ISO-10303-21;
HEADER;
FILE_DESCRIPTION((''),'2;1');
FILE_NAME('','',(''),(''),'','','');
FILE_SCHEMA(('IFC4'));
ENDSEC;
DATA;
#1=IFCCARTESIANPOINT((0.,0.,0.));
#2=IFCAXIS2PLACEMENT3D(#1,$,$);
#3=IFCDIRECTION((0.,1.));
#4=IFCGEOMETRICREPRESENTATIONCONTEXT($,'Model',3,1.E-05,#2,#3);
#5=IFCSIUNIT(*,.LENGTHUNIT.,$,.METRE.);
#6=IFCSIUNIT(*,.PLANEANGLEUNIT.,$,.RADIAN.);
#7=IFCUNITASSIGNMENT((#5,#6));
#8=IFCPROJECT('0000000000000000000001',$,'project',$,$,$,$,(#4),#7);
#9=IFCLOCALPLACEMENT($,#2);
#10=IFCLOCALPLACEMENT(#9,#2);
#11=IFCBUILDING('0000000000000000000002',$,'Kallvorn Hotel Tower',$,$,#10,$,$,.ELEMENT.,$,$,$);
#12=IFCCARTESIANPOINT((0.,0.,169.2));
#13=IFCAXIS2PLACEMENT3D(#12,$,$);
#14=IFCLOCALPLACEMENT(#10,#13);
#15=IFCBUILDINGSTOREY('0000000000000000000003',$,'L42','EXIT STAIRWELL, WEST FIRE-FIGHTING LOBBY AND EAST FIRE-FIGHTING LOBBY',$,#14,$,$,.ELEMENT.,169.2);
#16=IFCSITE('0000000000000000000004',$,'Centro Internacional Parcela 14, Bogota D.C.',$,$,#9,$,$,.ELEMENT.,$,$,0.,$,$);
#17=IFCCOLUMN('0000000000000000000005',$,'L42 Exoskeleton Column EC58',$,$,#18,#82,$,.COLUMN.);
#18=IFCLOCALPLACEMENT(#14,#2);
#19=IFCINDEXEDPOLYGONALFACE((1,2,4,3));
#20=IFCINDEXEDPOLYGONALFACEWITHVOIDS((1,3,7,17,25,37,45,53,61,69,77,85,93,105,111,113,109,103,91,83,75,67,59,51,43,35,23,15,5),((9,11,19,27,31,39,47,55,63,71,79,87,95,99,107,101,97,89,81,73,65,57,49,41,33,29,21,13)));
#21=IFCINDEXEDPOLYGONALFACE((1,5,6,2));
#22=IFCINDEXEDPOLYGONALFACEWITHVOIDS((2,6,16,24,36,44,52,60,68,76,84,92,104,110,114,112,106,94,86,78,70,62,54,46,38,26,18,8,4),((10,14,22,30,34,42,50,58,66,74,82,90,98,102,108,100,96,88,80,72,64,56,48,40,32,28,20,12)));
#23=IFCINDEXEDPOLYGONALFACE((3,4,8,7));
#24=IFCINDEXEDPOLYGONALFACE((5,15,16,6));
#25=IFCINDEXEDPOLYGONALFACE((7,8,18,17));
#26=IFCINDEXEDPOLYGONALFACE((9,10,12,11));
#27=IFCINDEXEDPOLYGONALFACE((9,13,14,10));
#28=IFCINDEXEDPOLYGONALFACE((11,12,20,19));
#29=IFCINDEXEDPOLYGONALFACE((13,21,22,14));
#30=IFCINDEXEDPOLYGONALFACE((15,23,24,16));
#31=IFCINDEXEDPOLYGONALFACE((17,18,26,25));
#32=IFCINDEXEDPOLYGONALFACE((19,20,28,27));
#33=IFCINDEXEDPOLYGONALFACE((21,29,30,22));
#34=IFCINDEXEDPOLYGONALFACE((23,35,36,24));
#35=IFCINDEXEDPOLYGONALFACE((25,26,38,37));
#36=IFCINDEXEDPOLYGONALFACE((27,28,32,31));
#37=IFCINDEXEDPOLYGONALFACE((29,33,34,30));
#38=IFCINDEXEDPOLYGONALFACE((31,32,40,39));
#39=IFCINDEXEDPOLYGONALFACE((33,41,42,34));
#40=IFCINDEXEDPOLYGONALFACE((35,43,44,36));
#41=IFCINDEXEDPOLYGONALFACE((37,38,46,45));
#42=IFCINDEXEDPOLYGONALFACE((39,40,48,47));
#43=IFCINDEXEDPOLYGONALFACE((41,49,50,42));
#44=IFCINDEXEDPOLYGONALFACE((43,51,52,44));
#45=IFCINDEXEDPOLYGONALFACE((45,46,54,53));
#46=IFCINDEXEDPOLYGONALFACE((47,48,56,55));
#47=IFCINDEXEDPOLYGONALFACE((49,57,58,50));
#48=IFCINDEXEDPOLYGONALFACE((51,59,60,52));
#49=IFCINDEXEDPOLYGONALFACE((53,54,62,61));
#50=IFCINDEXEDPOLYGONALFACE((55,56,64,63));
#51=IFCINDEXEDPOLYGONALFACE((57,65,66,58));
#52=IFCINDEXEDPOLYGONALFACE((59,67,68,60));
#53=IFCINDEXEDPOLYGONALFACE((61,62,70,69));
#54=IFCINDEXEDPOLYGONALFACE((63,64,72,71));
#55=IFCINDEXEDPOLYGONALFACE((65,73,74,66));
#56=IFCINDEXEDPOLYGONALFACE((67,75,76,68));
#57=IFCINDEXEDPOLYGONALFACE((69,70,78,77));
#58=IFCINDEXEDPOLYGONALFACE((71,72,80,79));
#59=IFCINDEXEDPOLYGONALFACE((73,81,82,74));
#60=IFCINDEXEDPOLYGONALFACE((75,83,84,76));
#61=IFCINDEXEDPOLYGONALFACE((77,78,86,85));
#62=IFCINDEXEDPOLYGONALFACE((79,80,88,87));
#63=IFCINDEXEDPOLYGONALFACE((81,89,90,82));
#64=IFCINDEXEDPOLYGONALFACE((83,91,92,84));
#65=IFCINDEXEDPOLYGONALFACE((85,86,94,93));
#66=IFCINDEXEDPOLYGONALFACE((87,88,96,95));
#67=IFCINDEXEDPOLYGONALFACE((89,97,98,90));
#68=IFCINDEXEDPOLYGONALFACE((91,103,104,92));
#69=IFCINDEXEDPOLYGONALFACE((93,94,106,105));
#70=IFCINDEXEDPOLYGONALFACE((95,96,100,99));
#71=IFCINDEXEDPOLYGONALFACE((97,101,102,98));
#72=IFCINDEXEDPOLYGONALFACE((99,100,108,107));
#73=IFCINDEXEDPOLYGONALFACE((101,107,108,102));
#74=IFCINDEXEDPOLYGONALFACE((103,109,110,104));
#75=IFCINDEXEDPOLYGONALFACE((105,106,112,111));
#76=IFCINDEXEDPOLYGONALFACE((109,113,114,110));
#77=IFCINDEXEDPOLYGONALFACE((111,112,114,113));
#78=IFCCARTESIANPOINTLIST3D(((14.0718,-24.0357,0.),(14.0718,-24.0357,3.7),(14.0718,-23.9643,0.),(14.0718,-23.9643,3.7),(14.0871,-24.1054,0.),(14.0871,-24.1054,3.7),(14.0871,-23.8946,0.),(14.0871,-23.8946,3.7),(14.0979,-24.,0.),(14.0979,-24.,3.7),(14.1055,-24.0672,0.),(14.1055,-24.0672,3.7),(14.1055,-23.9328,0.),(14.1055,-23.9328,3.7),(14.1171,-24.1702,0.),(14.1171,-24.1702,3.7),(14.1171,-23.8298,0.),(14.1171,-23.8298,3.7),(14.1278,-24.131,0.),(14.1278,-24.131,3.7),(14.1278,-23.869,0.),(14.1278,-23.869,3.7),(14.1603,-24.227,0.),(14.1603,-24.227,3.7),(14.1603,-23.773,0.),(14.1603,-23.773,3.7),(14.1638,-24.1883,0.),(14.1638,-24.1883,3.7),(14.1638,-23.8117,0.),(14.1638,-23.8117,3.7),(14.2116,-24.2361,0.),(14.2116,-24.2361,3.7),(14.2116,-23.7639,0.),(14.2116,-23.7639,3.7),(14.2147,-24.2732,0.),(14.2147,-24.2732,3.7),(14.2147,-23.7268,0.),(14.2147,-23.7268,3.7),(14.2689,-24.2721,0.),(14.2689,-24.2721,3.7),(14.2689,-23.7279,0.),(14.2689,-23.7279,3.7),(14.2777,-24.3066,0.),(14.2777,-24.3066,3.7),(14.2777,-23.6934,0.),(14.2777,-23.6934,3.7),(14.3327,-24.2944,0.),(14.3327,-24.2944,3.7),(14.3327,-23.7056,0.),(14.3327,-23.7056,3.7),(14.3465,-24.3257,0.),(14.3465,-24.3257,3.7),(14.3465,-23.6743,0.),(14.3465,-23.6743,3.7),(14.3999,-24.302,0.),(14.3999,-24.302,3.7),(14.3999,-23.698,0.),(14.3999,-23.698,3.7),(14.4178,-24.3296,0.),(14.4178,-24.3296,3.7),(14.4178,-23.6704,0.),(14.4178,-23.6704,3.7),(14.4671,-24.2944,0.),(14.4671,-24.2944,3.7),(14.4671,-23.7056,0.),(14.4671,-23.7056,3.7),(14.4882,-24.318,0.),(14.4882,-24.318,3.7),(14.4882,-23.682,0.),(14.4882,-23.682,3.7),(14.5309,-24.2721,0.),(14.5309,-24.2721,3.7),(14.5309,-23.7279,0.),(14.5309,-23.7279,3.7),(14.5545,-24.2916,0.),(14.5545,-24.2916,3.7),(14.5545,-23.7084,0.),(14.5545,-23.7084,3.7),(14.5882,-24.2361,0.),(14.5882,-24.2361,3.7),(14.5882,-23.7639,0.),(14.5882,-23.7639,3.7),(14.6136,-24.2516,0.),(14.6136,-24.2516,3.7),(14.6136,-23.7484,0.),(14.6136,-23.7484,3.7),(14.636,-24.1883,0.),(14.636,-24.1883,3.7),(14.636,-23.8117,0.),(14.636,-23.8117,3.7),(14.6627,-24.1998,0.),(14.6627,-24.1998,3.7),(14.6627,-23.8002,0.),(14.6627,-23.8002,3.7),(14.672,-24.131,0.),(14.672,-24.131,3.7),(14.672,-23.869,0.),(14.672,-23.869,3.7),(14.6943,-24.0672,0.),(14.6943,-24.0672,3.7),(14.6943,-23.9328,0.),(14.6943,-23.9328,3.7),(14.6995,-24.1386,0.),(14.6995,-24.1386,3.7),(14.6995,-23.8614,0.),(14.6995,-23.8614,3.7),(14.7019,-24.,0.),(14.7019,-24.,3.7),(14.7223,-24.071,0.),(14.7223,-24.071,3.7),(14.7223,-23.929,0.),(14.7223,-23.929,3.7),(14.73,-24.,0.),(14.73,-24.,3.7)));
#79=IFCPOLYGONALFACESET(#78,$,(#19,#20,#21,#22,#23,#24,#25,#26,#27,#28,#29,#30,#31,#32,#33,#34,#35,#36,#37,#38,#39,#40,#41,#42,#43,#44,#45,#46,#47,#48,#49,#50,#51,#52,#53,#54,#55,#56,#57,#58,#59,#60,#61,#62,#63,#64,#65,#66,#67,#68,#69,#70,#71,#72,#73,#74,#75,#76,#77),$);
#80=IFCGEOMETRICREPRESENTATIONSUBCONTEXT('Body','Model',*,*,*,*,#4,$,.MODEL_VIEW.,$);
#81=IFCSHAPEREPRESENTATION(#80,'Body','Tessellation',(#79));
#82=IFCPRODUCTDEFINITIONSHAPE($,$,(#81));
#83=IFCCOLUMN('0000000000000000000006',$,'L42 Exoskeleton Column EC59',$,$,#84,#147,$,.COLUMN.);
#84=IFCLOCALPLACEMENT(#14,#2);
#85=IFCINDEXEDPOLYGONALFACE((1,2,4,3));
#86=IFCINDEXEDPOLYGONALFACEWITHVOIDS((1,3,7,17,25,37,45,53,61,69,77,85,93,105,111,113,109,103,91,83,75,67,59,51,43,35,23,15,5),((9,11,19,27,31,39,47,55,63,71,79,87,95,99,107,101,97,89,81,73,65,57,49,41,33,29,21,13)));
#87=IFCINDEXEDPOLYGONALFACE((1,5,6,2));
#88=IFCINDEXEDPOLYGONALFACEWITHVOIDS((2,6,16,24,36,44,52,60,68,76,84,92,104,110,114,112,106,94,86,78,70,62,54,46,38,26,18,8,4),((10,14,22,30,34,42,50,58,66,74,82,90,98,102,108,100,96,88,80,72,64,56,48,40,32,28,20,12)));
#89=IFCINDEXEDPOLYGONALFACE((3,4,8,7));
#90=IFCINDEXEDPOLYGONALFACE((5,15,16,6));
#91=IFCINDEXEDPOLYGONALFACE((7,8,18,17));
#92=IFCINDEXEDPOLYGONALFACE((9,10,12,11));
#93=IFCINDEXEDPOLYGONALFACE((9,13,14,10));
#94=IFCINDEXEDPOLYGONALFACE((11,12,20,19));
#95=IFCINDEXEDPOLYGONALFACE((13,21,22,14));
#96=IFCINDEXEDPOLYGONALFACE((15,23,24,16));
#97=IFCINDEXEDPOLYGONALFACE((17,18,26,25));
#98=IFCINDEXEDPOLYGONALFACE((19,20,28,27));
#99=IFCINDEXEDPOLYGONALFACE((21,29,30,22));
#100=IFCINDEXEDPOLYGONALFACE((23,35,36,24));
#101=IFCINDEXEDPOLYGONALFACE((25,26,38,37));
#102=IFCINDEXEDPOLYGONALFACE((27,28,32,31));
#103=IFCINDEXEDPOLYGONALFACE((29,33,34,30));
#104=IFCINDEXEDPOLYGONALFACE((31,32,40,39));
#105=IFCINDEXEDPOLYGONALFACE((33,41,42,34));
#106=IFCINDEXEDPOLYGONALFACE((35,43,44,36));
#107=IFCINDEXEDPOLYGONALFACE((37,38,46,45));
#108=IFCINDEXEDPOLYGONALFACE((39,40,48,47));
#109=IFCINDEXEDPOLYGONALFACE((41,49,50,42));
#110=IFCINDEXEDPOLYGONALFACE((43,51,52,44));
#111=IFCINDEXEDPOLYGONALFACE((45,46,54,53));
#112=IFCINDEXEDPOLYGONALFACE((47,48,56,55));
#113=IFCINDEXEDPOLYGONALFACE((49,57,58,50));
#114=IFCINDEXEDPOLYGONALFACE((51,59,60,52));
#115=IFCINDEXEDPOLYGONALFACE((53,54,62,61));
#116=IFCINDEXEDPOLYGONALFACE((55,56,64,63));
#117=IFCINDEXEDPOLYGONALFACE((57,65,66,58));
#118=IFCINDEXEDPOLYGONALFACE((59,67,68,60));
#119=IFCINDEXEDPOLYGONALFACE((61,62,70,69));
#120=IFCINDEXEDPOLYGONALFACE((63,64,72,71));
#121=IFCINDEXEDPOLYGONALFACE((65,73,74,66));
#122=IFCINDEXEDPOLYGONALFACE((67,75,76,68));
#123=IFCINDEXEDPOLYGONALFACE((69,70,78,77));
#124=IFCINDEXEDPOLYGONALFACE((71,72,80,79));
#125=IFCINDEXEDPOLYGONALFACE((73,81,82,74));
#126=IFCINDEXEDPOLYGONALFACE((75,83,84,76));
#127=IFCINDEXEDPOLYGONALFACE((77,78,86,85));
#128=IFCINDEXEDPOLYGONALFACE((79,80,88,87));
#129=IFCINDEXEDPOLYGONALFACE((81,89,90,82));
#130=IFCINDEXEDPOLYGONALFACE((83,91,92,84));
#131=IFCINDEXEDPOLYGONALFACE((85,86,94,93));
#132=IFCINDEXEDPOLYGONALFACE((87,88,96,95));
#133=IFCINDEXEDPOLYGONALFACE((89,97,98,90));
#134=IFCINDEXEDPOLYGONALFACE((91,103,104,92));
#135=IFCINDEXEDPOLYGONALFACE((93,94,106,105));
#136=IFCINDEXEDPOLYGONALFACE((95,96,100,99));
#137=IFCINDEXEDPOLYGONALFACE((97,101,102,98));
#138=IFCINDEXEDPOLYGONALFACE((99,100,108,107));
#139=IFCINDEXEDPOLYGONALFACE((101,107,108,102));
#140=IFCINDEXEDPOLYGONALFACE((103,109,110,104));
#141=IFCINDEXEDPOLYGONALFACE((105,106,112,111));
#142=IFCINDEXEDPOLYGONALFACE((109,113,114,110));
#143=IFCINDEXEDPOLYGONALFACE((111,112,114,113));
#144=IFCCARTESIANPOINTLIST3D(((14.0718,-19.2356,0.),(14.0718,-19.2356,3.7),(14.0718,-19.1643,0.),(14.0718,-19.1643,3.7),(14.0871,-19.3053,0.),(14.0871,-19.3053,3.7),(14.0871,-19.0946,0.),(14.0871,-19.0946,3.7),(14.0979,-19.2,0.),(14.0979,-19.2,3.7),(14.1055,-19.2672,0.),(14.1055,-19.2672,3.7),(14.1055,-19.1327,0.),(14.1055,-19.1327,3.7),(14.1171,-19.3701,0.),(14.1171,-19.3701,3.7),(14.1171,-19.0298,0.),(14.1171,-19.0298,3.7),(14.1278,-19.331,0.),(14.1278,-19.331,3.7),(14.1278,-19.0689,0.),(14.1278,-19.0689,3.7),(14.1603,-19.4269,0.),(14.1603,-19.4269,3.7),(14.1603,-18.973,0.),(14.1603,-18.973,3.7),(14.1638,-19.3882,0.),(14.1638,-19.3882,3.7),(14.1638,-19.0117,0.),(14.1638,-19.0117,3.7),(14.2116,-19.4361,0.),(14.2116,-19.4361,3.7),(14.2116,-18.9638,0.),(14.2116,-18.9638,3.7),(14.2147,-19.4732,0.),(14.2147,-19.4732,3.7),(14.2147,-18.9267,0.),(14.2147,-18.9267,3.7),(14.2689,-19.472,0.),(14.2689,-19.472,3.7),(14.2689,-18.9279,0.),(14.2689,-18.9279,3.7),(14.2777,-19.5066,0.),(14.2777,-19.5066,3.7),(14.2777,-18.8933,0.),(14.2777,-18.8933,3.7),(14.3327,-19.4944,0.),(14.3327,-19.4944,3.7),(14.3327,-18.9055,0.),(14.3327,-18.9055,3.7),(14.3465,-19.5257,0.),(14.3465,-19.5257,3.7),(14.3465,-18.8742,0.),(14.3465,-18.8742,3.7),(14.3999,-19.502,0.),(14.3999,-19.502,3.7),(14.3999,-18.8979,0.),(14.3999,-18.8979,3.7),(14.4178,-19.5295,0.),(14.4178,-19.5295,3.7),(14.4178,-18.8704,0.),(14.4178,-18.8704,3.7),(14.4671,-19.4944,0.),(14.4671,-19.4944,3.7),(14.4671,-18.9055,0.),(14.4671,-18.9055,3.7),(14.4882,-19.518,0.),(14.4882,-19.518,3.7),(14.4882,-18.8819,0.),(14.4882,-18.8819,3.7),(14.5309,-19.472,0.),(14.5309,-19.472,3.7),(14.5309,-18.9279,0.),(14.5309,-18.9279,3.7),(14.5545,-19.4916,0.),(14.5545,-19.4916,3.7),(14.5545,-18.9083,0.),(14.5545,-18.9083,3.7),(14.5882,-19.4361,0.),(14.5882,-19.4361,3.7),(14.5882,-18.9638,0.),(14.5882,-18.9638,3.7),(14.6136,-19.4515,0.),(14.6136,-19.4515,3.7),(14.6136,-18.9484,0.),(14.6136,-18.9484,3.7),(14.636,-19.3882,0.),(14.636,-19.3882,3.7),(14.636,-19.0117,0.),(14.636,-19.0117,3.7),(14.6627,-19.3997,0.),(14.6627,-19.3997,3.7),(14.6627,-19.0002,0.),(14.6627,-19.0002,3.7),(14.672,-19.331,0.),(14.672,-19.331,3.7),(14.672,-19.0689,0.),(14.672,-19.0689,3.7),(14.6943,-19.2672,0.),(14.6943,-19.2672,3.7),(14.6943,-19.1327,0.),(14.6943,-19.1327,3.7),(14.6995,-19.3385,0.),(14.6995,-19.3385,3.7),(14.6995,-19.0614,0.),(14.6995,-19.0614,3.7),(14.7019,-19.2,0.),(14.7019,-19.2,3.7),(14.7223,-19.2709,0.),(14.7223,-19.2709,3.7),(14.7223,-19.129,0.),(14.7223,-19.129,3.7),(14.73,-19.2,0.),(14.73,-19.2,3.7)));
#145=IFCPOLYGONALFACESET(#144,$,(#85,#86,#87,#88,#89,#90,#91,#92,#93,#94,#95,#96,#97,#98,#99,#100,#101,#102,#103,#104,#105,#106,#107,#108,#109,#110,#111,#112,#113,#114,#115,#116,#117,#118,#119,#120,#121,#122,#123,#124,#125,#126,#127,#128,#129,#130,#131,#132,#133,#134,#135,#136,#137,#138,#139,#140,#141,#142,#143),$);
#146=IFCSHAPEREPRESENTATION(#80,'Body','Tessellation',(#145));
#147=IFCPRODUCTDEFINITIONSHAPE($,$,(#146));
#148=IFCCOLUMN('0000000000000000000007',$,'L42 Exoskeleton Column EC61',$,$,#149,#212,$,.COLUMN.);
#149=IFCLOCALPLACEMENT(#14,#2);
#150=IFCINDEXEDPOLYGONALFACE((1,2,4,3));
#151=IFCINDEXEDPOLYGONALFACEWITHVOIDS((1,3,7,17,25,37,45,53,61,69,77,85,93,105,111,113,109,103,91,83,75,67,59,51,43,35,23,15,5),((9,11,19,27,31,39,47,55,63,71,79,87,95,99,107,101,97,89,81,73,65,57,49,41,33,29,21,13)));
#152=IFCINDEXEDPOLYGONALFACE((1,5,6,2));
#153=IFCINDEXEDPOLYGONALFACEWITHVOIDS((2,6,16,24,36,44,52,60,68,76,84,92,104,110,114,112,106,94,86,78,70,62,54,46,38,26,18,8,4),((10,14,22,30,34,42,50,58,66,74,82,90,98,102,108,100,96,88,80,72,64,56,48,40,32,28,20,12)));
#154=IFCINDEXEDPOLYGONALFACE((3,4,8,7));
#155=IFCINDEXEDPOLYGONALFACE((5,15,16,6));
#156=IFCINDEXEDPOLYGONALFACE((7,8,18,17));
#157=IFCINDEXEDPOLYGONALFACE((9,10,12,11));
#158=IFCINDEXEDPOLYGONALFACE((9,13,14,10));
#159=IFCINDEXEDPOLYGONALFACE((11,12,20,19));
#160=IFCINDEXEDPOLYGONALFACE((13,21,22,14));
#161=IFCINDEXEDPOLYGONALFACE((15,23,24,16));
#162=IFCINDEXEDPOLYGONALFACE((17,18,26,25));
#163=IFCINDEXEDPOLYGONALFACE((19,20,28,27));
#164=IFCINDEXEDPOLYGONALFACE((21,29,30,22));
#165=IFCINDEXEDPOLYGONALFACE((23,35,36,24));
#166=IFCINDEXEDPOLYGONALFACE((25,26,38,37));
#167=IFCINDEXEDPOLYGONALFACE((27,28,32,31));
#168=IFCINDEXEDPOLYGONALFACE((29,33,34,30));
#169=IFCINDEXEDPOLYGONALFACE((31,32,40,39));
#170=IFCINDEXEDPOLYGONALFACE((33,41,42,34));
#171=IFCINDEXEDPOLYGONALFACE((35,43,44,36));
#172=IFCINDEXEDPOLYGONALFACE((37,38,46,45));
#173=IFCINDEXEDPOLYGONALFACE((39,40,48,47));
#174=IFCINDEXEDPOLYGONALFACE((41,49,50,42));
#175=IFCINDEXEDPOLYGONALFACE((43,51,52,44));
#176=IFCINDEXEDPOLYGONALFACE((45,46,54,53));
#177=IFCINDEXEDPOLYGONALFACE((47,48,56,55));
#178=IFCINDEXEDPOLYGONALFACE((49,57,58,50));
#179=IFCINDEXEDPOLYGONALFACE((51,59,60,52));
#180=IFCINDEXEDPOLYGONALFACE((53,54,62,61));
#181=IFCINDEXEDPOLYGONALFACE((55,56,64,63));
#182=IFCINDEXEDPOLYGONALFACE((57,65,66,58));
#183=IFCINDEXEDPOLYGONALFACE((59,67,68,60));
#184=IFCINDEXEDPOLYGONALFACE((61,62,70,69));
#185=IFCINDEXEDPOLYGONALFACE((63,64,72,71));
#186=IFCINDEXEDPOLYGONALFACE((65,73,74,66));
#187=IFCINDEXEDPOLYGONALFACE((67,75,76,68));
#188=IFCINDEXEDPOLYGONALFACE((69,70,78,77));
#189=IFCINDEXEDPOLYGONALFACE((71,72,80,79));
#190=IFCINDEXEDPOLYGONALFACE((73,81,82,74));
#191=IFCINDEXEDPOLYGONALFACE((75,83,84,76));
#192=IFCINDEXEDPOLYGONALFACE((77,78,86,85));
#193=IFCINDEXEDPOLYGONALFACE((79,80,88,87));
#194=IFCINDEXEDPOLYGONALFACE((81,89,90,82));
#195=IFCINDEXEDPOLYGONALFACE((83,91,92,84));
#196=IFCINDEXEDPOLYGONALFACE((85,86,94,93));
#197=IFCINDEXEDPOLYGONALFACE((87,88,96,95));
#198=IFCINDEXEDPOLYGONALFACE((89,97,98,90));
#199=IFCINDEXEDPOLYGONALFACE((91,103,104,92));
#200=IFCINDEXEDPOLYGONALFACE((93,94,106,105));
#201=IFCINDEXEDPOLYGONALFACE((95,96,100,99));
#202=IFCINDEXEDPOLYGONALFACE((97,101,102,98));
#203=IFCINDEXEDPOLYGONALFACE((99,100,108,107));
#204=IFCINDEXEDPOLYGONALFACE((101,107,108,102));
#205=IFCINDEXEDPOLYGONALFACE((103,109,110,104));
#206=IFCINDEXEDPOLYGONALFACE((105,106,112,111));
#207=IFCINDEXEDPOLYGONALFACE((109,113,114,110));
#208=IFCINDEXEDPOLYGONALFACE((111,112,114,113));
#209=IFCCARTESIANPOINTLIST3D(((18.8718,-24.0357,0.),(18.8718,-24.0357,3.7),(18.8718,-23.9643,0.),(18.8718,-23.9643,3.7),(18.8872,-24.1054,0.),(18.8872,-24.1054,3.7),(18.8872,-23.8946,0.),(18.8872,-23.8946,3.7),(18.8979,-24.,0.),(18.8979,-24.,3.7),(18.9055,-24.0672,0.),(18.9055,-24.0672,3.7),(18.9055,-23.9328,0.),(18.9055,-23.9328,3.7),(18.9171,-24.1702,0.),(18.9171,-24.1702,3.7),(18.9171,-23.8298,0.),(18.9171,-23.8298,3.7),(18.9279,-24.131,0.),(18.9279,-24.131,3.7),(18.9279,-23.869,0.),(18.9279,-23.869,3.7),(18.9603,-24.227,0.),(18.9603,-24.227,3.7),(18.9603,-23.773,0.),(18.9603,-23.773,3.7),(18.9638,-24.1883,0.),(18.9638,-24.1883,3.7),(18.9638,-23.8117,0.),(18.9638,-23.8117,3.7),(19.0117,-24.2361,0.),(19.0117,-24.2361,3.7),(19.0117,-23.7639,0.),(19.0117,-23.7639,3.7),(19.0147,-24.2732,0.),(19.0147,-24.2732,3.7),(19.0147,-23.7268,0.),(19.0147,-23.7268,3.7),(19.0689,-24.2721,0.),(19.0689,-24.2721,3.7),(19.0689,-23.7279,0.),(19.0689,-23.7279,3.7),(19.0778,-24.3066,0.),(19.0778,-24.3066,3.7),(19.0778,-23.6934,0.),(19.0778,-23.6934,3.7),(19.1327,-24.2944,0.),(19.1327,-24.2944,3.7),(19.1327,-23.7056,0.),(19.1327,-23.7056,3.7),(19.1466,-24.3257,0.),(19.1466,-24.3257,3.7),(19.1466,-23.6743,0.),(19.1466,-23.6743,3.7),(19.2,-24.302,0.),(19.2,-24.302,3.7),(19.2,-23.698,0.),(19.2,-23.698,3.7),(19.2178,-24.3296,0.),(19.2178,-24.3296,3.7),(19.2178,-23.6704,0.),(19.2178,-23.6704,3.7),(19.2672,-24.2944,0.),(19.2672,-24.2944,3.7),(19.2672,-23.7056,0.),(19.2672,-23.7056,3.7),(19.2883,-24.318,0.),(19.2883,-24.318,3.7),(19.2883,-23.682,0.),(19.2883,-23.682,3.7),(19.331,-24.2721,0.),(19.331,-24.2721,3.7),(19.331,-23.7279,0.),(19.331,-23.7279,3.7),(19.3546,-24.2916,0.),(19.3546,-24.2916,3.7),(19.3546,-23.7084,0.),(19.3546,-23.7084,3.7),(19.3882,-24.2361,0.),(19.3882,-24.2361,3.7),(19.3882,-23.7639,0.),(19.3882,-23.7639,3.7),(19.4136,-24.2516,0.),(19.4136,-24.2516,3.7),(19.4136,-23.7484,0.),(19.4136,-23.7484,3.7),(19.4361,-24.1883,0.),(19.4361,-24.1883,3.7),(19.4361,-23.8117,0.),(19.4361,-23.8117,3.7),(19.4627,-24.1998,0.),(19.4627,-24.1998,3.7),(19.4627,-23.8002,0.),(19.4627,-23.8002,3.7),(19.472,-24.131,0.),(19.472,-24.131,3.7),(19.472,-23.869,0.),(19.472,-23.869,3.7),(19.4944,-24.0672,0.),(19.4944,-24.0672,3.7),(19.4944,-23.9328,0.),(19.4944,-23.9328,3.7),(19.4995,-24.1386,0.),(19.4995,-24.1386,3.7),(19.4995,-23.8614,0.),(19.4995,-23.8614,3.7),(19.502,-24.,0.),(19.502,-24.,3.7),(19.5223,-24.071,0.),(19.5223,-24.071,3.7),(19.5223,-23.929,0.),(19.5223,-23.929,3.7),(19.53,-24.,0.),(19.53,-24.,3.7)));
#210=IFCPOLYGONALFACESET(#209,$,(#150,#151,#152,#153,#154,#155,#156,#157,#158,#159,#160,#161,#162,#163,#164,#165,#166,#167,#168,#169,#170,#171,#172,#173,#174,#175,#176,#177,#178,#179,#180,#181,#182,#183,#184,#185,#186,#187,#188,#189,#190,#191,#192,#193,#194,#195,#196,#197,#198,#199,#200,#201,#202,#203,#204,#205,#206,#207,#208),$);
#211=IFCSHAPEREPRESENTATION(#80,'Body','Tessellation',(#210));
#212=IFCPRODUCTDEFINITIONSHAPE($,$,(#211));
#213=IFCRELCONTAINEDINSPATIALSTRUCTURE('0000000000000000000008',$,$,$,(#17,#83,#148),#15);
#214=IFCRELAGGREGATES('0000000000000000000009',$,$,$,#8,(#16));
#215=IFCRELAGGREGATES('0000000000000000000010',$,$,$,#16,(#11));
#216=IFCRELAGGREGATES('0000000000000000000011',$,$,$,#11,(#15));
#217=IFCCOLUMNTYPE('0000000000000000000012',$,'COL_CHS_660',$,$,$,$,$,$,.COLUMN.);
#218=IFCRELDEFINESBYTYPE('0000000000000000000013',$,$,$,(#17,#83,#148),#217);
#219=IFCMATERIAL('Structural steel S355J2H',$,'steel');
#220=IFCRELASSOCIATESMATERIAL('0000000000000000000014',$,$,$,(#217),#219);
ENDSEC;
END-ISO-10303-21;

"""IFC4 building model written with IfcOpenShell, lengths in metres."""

from ifc_helpers import new_model, si_unit, direction, frame, origin, origin_2d, place, context, subcontext, project, spatial, hollow_circle, extrude, material, material_profile, profile_set, type_object, element, save


model = new_model("IFC4")

# Units and contexts
model_context = context("Model", 3, precision=1e-05, world=origin(), true_north=direction((0.0, 1.0)))
body_context = subcontext(model_context, "Body", "Model", "MODEL_VIEW")
ifc_project = project(units=[si_unit("LENGTHUNIT", "METRE"), si_unit("PLANEANGLEUNIT", "RADIAN")], contexts=[model_context])

# Site, building, storey
site_placement = place(None, origin())
site = spatial("IfcSite", under=ifc_project, at=site_placement, Name="Centro Internacional Parcela 14, Bogota D.C.", CompositionType="ELEMENT", RefElevation=0.0)
building_placement = place(site_placement, origin())
building = spatial("IfcBuilding", under=site, at=building_placement, Name="Kallvorn Hotel Tower", CompositionType="ELEMENT")
storey_placement = place(building_placement, frame((0.0, 0.0, 169.2)))
storey = spatial("IfcBuildingStorey", under=building, at=storey_placement, Name="L42", Description="EXIT STAIRWELL, WEST FIRE-FIGHTING LOBBY AND EAST FIRE-FIGHTING LOBBY", CompositionType="ELEMENT", Elevation=169.2)

# Columns
ifc_material_1 = material(Name="Structural steel S355J2H", Category="steel")
ifc_material_profile_1 = material_profile(ifc_material_1, hollow_circle(Radius=0.3301, WallThickness=0.0281, at=origin_2d()), Name="CHS 660x28")
ifc_profile_set_1 = profile_set([ifc_material_profile_1], Name="Structural steel S355J2H")
column_type = type_object("IfcColumnType", Name="COL_CHS_660", PredefinedType="COLUMN", material=ifc_profile_set_1)
for number, where, z_axis, x_axis, name in (
    (1, (14.3999, -24.0, 0.0), (0.0, 0.0, 1.0), (1.0, 0.0, 0.0), "L42 Exoskeleton Column EC58"),
    (2, (14.3999, -19.2, 0.0), (0.0, 0.0, 1.0), (1.0, 0.0, 0.0), "L42 Exoskeleton Column EC59"),
    (3, (19.2, -24.0, 0.0), (0.0, 0.0, 1.0), (1.0, 0.0, 0.0), "L42 Exoskeleton Column EC61"),
):
    element("IfcColumn", number, at=place(storey_placement, frame(where, z_axis=z_axis, x_axis=x_axis)), inside=storey, type_object=column_type, Name=name, PredefinedType="COLUMN", context=body_context, shape_type="SweptSolid", body=[
        extrude(hollow_circle(Radius=0.3301, WallThickness=0.0281, at=origin_2d()), origin(), (0.0, 0.0, 1.0), 3.7),
    ])

save(model, "model.ifc")
